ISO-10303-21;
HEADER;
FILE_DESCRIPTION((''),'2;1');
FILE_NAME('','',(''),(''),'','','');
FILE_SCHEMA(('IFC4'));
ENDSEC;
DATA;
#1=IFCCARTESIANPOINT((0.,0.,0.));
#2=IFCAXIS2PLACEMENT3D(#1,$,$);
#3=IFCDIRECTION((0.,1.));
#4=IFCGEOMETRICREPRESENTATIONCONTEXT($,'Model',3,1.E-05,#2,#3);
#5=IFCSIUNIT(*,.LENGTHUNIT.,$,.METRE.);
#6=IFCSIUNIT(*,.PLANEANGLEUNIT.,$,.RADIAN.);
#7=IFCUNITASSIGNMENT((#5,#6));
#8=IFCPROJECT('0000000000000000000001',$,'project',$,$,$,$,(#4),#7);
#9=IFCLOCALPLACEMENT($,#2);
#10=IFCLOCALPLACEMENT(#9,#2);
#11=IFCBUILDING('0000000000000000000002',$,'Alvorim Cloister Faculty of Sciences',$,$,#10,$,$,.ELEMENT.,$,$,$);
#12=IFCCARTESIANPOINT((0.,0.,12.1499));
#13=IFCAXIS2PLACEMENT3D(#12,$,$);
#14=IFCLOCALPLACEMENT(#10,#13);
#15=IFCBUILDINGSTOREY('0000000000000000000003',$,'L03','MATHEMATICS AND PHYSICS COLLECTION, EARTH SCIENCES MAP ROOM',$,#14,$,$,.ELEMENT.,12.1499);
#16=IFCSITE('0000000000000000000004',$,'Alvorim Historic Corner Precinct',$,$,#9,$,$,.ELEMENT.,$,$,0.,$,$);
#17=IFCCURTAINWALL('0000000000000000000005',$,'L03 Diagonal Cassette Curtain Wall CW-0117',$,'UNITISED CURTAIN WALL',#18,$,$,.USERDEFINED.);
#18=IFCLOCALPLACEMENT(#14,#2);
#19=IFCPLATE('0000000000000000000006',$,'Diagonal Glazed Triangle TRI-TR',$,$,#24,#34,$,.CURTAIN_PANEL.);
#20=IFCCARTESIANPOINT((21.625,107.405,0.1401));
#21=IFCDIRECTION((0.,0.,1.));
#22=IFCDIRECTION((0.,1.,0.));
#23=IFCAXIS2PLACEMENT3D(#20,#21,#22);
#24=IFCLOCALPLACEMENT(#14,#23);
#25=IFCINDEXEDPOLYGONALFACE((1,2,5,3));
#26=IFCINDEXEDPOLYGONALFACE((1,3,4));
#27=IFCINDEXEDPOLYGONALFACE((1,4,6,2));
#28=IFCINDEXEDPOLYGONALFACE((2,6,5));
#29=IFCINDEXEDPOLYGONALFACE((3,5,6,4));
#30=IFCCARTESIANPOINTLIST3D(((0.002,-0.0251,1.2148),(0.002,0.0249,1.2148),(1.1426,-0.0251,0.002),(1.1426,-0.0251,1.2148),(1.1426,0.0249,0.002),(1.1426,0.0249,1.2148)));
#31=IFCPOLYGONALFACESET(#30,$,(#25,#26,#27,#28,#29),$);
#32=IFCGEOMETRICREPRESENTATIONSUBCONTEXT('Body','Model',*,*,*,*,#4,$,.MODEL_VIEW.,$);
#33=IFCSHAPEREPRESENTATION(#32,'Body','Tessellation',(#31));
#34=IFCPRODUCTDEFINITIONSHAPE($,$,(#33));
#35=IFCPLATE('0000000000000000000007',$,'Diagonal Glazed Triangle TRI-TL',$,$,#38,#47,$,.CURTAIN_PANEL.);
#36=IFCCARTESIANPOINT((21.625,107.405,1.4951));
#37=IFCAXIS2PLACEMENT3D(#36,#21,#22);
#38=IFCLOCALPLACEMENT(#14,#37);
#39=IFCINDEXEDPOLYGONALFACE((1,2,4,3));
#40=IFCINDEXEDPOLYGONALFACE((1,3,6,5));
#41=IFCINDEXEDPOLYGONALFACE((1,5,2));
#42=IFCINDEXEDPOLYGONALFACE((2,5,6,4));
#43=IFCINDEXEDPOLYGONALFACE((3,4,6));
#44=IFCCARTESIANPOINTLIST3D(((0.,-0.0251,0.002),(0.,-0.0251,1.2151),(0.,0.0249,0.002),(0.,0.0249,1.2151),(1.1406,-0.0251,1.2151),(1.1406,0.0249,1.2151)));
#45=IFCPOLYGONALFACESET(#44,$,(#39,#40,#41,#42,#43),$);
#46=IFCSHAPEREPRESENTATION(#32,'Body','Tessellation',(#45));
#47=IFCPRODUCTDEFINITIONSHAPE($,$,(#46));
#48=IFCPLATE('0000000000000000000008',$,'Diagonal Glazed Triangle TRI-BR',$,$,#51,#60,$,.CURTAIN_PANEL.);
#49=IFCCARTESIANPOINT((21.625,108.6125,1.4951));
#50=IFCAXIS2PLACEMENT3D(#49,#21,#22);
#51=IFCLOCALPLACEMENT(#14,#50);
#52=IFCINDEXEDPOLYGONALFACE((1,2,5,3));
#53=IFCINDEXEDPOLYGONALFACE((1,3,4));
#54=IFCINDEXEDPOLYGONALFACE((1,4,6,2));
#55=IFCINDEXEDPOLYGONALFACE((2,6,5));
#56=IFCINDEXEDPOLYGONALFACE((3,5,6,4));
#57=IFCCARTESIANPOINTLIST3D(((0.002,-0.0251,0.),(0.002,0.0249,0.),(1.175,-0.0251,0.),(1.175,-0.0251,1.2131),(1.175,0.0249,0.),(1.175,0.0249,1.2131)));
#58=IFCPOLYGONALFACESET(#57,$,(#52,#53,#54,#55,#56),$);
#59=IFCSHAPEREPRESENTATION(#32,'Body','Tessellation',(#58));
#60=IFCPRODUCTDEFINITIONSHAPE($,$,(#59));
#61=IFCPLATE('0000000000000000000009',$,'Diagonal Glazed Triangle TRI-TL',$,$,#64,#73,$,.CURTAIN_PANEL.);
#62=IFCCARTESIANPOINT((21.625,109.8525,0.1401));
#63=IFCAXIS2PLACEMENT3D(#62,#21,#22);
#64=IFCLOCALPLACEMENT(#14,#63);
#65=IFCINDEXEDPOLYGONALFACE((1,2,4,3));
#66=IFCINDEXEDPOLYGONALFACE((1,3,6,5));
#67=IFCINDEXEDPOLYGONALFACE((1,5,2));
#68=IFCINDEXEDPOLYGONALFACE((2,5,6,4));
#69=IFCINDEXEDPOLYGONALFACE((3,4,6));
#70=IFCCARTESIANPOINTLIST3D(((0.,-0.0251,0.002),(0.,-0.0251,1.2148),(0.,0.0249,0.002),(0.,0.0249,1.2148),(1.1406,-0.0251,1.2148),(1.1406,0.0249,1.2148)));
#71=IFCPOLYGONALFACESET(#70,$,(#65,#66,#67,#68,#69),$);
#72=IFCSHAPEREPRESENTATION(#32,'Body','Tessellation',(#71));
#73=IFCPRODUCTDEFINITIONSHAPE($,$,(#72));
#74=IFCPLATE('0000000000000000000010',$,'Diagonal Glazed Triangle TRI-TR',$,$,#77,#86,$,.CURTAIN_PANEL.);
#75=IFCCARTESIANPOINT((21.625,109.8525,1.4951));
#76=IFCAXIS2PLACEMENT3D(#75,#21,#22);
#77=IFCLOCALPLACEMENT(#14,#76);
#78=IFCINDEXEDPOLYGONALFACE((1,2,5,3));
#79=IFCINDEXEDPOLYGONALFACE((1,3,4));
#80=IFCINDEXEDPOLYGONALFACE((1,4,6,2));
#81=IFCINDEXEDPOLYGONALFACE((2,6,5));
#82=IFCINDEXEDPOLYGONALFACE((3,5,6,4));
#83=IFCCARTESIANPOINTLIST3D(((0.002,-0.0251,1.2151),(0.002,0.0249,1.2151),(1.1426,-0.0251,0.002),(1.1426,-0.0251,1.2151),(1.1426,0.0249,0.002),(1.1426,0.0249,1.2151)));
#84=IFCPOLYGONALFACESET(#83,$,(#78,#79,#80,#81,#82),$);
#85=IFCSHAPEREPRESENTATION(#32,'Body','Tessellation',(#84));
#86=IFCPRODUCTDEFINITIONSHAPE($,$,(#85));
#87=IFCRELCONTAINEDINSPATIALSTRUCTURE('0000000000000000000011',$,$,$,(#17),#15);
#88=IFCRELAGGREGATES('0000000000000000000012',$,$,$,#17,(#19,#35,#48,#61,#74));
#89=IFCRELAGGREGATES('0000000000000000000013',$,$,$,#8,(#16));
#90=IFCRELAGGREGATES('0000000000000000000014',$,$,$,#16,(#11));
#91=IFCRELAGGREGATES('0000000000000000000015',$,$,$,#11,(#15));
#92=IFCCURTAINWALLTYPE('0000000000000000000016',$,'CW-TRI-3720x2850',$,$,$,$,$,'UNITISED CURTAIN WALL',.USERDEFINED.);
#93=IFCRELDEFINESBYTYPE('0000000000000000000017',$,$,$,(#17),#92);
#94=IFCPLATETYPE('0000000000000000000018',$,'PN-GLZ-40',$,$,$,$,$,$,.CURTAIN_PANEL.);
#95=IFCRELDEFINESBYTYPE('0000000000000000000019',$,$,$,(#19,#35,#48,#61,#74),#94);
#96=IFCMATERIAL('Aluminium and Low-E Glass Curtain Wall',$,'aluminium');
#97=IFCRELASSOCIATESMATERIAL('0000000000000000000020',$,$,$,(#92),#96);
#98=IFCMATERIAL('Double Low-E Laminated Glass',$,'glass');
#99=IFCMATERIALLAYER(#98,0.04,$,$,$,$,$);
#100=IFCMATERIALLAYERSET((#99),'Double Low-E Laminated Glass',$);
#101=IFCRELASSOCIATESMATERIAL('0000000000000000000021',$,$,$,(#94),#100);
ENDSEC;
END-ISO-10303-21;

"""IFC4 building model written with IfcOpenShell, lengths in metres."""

from ifc_helpers import new_model, si_unit, direction, frame, origin, place, context, subcontext, project, spatial, polyline, outline, extrude, material, layer, layer_set, type_object, element, aggregate, save


model = new_model("IFC4")

# Units and contexts
model_context = context("Model", 3, precision=1e-05, world=origin(), true_north=direction((0.0, 1.0)))
body_context = subcontext(model_context, "Body", "Model", "MODEL_VIEW")
ifc_project = project(units=[si_unit("LENGTHUNIT", "METRE"), si_unit("PLANEANGLEUNIT", "RADIAN")], contexts=[model_context])

# Site, building, storey
site_placement = place(None, origin())
site = spatial("IfcSite", under=ifc_project, at=site_placement, Name="Alvorim Historic Corner Precinct", CompositionType="ELEMENT", RefElevation=0.0)
building_placement = place(site_placement, origin())
building = spatial("IfcBuilding", under=site, at=building_placement, Name="Alvorim Cloister Faculty of Sciences", CompositionType="ELEMENT")
storey_placement = place(building_placement, frame((0.0, 0.0, 12.1499)))
storey = spatial("IfcBuildingStorey", under=building, at=storey_placement, Name="L03", Description="MATHEMATICS AND PHYSICS COLLECTION, EARTH SCIENCES MAP ROOM", CompositionType="ELEMENT", Elevation=12.1499)

# Curtain wall, plates
ifc_material_1 = material(Name="Aluminium and Low-E Glass Curtain Wall", Category="aluminium")
curtain_wall_type = type_object("IfcCurtainWallType", Name="CW-TRI-3720x2850", ElementType="UNITISED CURTAIN WALL", PredefinedType="USERDEFINED", material=ifc_material_1)
curtain_wall_placement = place(storey_placement, origin())
curtain_wall = element("IfcCurtainWall", 1, at=curtain_wall_placement, inside=storey, type_object=curtain_wall_type, Name="L03 Diagonal Cassette Curtain Wall CW-0117", ObjectType="UNITISED CURTAIN WALL", PredefinedType="USERDEFINED")
ifc_material_2 = material(Name="Double Low-E Laminated Glass", Category="glass")
ifc_layer_1 = layer(ifc_material_2, 0.04)
ifc_layer_set_1 = layer_set([ifc_layer_1], Name="Double Low-E Laminated Glass")
plate_type = type_object("IfcPlateType", Name="PN-GLZ-40", PredefinedType="CURTAIN_PANEL", material=ifc_layer_set_1)
plate_1_placement = place(storey_placement, frame((21.625, 107.405, 0.1401), z_axis=(0.0, 0.0, 1.0), x_axis=(0.0, 1.0, 0.0)))
plate_1 = element("IfcPlate", 2, at=plate_1_placement, type_object=plate_type, Name="Diagonal Glazed Triangle TRI-TR", PredefinedType="CURTAIN_PANEL", context=body_context, shape_type="SweptSolid", body=[
    extrude(outline(polyline([(1.1426, 0.002), (1.1426, 1.2148), (0.002, 1.2148), (1.1426, 0.002)])), frame((0.0, 0.0249, 0.0), z_axis=(0.0, -1.0, 0.0), x_axis=(1.0, 0.0, 0.0)), (0.0, 0.0, 1.0), 0.05),
])
plate_2_placement = place(storey_placement, frame((21.625, 107.405, 1.4951), z_axis=(0.0, 0.0, 1.0), x_axis=(0.0, 1.0, 0.0)))
plate_2 = element("IfcPlate", 3, at=plate_2_placement, type_object=plate_type, Name="Diagonal Glazed Triangle TRI-TL", PredefinedType="CURTAIN_PANEL", context=body_context, shape_type="SweptSolid", body=[
    extrude(outline(polyline([(1.1406, 1.2151), (0.0, 1.2151), (0.0, 0.002), (1.1406, 1.2151)])), frame((0.0, 0.0249, 0.0), z_axis=(0.0, -1.0, 0.0), x_axis=(1.0, 0.0, 0.0)), (0.0, 0.0, 1.0), 0.05),
])
plate_3_placement = place(storey_placement, frame((21.625, 108.6125, 1.4951), z_axis=(0.0, 0.0, 1.0), x_axis=(0.0, 1.0, 0.0)))
plate_3 = element("IfcPlate", 4, at=plate_3_placement, type_object=plate_type, Name="Diagonal Glazed Triangle TRI-BR", PredefinedType="CURTAIN_PANEL", context=body_context, shape_type="SweptSolid", body=[
    extrude(outline(polyline([(0.002, 0.0), (1.175, 0.0), (1.175, 1.2131), (0.002, 0.0)])), frame((0.0, 0.0249, 0.0), z_axis=(0.0, -1.0, 0.0), x_axis=(1.0, 0.0, 0.0)), (0.0, 0.0, 1.0), 0.05),
])
plate_4_placement = place(storey_placement, frame((21.625, 109.8525, 0.1401), z_axis=(0.0, 0.0, 1.0), x_axis=(0.0, 1.0, 0.0)))
plate_4 = element("IfcPlate", 5, at=plate_4_placement, type_object=plate_type, Name="Diagonal Glazed Triangle TRI-TL", PredefinedType="CURTAIN_PANEL", context=body_context, shape_type="SweptSolid", body=[
    extrude(outline(polyline([(1.1406, 1.2148), (0.0, 1.2148), (0.0, 0.002), (1.1406, 1.2148)])), frame((0.0, 0.0249, 0.0), z_axis=(0.0, -1.0, 0.0), x_axis=(1.0, 0.0, 0.0)), (0.0, 0.0, 1.0), 0.05),
])
plate_5_placement = place(storey_placement, frame((21.625, 109.8525, 1.4951), z_axis=(0.0, 0.0, 1.0), x_axis=(0.0, 1.0, 0.0)))
plate_5 = element("IfcPlate", 6, at=plate_5_placement, type_object=plate_type, Name="Diagonal Glazed Triangle TRI-TR", PredefinedType="CURTAIN_PANEL", context=body_context, shape_type="SweptSolid", body=[
    extrude(outline(polyline([(1.1426, 0.002), (1.1426, 1.2151), (0.002, 1.2151), (1.1426, 0.002)])), frame((0.0, 0.0249, 0.0), z_axis=(0.0, -1.0, 0.0), x_axis=(1.0, 0.0, 0.0)), (0.0, 0.0, 1.0), 0.05),
])
aggregate(curtain_wall, [plate_1, plate_2, plate_3, plate_4, plate_5])

save(model, "model.ifc")
